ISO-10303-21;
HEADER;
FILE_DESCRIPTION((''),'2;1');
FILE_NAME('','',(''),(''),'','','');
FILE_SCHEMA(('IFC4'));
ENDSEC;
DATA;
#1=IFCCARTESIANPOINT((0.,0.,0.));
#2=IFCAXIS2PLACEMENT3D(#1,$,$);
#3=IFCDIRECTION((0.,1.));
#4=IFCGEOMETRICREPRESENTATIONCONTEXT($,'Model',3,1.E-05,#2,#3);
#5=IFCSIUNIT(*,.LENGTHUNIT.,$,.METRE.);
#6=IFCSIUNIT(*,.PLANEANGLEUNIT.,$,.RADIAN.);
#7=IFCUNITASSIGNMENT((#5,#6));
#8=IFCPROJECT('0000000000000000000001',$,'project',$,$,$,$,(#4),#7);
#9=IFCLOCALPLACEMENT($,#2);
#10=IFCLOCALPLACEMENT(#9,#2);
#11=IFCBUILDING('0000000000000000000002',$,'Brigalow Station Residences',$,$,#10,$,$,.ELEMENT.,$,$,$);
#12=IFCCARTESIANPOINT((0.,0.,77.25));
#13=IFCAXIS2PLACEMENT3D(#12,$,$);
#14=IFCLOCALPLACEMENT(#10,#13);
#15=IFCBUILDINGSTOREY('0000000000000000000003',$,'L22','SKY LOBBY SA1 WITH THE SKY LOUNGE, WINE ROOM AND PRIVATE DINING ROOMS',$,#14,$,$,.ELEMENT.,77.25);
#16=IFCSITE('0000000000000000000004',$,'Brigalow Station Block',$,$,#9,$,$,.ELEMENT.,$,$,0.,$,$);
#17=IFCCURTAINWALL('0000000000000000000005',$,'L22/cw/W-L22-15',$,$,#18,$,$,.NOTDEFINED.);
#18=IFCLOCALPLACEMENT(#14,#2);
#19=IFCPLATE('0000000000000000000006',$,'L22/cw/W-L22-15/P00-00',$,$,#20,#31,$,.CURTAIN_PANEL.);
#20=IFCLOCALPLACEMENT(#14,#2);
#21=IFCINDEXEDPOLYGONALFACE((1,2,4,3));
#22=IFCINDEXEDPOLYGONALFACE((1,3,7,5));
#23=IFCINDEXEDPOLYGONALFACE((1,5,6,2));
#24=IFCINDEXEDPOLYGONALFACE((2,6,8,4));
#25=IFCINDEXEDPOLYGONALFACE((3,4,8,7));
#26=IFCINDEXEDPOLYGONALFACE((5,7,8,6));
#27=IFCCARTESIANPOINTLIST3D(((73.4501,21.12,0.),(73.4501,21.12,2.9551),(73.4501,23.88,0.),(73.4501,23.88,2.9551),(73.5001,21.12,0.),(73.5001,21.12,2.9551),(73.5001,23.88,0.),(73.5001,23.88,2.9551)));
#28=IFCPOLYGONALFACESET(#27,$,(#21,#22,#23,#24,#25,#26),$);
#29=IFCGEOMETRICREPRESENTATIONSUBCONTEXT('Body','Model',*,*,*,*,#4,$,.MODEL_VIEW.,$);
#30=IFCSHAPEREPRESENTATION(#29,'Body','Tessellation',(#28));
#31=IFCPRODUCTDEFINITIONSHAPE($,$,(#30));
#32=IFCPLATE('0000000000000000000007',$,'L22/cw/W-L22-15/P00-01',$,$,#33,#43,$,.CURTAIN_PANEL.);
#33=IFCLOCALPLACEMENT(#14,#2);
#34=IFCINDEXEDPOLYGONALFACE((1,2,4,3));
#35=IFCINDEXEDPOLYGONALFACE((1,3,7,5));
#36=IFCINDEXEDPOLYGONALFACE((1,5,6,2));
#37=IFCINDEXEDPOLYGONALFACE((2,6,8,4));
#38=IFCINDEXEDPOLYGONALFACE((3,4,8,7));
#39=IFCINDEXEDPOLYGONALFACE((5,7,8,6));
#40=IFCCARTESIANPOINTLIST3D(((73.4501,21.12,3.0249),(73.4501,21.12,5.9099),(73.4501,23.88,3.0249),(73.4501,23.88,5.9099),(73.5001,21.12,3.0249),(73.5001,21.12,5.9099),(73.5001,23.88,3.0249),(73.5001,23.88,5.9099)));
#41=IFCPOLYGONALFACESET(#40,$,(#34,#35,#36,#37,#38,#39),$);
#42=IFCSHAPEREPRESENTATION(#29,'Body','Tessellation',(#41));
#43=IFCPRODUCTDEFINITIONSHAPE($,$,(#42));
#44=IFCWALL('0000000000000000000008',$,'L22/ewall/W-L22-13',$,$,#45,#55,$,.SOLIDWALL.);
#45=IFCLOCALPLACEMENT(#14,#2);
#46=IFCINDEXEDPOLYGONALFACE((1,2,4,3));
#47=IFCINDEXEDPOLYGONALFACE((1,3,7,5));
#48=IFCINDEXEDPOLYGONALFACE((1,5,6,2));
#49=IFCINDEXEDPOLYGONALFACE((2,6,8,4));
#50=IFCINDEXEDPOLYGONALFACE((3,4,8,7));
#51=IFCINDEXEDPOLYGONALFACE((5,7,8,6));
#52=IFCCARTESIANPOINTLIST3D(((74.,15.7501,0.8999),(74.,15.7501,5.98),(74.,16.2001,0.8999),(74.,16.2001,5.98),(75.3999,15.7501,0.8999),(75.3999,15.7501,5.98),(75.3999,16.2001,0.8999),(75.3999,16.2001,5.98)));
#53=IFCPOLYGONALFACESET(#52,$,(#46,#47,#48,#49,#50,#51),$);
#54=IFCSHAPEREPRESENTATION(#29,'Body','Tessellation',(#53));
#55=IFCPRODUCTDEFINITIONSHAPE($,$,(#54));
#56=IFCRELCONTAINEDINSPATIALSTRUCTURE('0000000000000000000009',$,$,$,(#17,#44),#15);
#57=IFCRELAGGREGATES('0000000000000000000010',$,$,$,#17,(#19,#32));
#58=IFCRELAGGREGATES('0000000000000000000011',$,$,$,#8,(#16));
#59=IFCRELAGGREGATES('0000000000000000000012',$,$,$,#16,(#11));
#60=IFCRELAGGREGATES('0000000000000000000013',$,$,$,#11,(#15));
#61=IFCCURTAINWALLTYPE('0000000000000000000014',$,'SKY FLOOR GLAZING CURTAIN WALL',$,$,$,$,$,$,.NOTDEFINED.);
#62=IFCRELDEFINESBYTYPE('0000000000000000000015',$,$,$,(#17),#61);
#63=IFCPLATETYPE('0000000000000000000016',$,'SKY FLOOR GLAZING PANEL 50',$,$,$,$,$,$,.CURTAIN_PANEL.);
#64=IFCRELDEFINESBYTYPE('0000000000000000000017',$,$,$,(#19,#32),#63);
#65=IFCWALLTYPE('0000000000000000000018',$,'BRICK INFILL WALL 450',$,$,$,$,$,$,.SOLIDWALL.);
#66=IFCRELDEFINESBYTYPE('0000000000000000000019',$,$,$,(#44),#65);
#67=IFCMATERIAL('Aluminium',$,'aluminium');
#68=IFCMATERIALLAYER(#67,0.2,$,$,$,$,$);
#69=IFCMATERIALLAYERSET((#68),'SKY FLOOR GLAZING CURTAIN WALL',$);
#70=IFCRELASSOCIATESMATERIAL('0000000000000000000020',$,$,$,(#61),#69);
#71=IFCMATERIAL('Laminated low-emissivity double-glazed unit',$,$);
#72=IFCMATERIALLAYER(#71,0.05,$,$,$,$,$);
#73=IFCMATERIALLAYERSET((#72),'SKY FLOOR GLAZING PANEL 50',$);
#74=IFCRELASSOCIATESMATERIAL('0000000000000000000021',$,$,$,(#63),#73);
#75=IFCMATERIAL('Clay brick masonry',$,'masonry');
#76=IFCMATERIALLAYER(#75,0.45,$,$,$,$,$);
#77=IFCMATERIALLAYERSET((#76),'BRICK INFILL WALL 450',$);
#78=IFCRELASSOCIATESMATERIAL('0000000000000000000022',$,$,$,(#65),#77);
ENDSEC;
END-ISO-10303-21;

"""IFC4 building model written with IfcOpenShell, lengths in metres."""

from ifc_helpers import new_model, si_unit, direction, frame, frame_2d, origin, origin_2d, place, context, subcontext, project, spatial, rectangle, extrude, material, layer, layer_set, type_object, element, aggregate, save


model = new_model("IFC4")

# Units and contexts
model_context = context("Model", 3, precision=1e-05, world=origin(), true_north=direction((0.0, 1.0)))
body_context = subcontext(model_context, "Body", "Model", "MODEL_VIEW")
ifc_project = project(units=[si_unit("LENGTHUNIT", "METRE"), si_unit("PLANEANGLEUNIT", "RADIAN")], contexts=[model_context])

# Site, building, storey
site_placement = place(None, origin())
site = spatial("IfcSite", under=ifc_project, at=site_placement, Name="Brigalow Station Block", CompositionType="ELEMENT", RefElevation=0.0)
building_placement = place(site_placement, origin())
building = spatial("IfcBuilding", under=site, at=building_placement, Name="Brigalow Station Residences", CompositionType="ELEMENT")
storey_placement = place(building_placement, frame((0.0, 0.0, 77.25)))
storey = spatial("IfcBuildingStorey", under=building, at=storey_placement, Name="L22", Description="SKY LOBBY SA1 WITH THE SKY LOUNGE, WINE ROOM AND PRIVATE DINING ROOMS", CompositionType="ELEMENT", Elevation=77.25)

# Shared definitions
ifc_material_1 = material(Name="Aluminium", Category="aluminium")
ifc_layer_1 = layer(ifc_material_1, 0.2)
ifc_layer_set_1 = layer_set([ifc_layer_1], Name="SKY FLOOR GLAZING CURTAIN WALL")
curtain_wall_type = type_object("IfcCurtainWallType", Name="SKY FLOOR GLAZING CURTAIN WALL", PredefinedType="NOTDEFINED", material=ifc_layer_set_1)

# Curtain wall
curtain_wall_1_placement = place(storey_placement, origin())
curtain_wall_1 = element("IfcCurtainWall", 1, at=curtain_wall_1_placement, inside=storey, type_object=curtain_wall_type, Name="L22/cw/W-L22-15", PredefinedType="NOTDEFINED")

# Plates
ifc_material_2 = material(Name="Laminated low-emissivity double-glazed unit")
ifc_layer_2 = layer(ifc_material_2, 0.05)
ifc_layer_set_2 = layer_set([ifc_layer_2], Name="SKY FLOOR GLAZING PANEL 50")
plate_type = type_object("IfcPlateType", Name="SKY FLOOR GLAZING PANEL 50", PredefinedType="CURTAIN_PANEL", material=ifc_layer_set_2)
plate_1_placement = place(storey_placement, frame((73.4751, 22.5, 0.0), z_axis=(0.0, 0.0, 1.0), x_axis=(0.0, 1.0, 0.0)))
plate_1 = element("IfcPlate", 2, at=plate_1_placement, type_object=plate_type, Name="L22/cw/W-L22-15/P00-00", PredefinedType="CURTAIN_PANEL", context=body_context, shape_type="SweptSolid", body=[
    extrude(rectangle(XDim=2.76, YDim=0.05, at=origin_2d()), origin(), (0.0, 0.0, 1.0), 2.9551),
])
plate_2_placement = place(storey_placement, frame((73.4751, 22.5, 3.0249), z_axis=(0.0, 0.0, 1.0), x_axis=(0.0, 1.0, 0.0)))
plate_2 = element("IfcPlate", 3, at=plate_2_placement, type_object=plate_type, Name="L22/cw/W-L22-15/P00-01", PredefinedType="CURTAIN_PANEL", context=body_context, shape_type="SweptSolid", body=[
    extrude(rectangle(XDim=2.76, YDim=0.05, at=origin_2d()), origin(), (0.0, 0.0, 1.0), 2.885),
])
aggregate(curtain_wall_1, [plate_1, plate_2])

# Wall
ifc_material_3 = material(Name="Clay brick masonry", Category="masonry")
ifc_layer_3 = layer(ifc_material_3, 0.45)
ifc_layer_set_3 = layer_set([ifc_layer_3], Name="BRICK INFILL WALL 450")
wall_type = type_object("IfcWallType", Name="BRICK INFILL WALL 450", PredefinedType="SOLIDWALL", material=ifc_layer_set_3)
wall_placement = place(storey_placement, frame((75.3999, 15.9751, 0.8999), z_axis=(0.0, 0.0, 1.0), x_axis=(-1.0, 0.0, 0.0)))
element("IfcWall", 4, at=wall_placement, inside=storey, type_object=wall_type, Name="L22/ewall/W-L22-13", PredefinedType="SOLIDWALL", context=body_context, shape_type="SweptSolid", body=[
    extrude(rectangle(XDim=1.3999, YDim=0.45, at=frame_2d((0.7, 0.0))), origin(), (0.0, 0.0, 1.0), 5.0801),
])

save(model, "model.ifc")
